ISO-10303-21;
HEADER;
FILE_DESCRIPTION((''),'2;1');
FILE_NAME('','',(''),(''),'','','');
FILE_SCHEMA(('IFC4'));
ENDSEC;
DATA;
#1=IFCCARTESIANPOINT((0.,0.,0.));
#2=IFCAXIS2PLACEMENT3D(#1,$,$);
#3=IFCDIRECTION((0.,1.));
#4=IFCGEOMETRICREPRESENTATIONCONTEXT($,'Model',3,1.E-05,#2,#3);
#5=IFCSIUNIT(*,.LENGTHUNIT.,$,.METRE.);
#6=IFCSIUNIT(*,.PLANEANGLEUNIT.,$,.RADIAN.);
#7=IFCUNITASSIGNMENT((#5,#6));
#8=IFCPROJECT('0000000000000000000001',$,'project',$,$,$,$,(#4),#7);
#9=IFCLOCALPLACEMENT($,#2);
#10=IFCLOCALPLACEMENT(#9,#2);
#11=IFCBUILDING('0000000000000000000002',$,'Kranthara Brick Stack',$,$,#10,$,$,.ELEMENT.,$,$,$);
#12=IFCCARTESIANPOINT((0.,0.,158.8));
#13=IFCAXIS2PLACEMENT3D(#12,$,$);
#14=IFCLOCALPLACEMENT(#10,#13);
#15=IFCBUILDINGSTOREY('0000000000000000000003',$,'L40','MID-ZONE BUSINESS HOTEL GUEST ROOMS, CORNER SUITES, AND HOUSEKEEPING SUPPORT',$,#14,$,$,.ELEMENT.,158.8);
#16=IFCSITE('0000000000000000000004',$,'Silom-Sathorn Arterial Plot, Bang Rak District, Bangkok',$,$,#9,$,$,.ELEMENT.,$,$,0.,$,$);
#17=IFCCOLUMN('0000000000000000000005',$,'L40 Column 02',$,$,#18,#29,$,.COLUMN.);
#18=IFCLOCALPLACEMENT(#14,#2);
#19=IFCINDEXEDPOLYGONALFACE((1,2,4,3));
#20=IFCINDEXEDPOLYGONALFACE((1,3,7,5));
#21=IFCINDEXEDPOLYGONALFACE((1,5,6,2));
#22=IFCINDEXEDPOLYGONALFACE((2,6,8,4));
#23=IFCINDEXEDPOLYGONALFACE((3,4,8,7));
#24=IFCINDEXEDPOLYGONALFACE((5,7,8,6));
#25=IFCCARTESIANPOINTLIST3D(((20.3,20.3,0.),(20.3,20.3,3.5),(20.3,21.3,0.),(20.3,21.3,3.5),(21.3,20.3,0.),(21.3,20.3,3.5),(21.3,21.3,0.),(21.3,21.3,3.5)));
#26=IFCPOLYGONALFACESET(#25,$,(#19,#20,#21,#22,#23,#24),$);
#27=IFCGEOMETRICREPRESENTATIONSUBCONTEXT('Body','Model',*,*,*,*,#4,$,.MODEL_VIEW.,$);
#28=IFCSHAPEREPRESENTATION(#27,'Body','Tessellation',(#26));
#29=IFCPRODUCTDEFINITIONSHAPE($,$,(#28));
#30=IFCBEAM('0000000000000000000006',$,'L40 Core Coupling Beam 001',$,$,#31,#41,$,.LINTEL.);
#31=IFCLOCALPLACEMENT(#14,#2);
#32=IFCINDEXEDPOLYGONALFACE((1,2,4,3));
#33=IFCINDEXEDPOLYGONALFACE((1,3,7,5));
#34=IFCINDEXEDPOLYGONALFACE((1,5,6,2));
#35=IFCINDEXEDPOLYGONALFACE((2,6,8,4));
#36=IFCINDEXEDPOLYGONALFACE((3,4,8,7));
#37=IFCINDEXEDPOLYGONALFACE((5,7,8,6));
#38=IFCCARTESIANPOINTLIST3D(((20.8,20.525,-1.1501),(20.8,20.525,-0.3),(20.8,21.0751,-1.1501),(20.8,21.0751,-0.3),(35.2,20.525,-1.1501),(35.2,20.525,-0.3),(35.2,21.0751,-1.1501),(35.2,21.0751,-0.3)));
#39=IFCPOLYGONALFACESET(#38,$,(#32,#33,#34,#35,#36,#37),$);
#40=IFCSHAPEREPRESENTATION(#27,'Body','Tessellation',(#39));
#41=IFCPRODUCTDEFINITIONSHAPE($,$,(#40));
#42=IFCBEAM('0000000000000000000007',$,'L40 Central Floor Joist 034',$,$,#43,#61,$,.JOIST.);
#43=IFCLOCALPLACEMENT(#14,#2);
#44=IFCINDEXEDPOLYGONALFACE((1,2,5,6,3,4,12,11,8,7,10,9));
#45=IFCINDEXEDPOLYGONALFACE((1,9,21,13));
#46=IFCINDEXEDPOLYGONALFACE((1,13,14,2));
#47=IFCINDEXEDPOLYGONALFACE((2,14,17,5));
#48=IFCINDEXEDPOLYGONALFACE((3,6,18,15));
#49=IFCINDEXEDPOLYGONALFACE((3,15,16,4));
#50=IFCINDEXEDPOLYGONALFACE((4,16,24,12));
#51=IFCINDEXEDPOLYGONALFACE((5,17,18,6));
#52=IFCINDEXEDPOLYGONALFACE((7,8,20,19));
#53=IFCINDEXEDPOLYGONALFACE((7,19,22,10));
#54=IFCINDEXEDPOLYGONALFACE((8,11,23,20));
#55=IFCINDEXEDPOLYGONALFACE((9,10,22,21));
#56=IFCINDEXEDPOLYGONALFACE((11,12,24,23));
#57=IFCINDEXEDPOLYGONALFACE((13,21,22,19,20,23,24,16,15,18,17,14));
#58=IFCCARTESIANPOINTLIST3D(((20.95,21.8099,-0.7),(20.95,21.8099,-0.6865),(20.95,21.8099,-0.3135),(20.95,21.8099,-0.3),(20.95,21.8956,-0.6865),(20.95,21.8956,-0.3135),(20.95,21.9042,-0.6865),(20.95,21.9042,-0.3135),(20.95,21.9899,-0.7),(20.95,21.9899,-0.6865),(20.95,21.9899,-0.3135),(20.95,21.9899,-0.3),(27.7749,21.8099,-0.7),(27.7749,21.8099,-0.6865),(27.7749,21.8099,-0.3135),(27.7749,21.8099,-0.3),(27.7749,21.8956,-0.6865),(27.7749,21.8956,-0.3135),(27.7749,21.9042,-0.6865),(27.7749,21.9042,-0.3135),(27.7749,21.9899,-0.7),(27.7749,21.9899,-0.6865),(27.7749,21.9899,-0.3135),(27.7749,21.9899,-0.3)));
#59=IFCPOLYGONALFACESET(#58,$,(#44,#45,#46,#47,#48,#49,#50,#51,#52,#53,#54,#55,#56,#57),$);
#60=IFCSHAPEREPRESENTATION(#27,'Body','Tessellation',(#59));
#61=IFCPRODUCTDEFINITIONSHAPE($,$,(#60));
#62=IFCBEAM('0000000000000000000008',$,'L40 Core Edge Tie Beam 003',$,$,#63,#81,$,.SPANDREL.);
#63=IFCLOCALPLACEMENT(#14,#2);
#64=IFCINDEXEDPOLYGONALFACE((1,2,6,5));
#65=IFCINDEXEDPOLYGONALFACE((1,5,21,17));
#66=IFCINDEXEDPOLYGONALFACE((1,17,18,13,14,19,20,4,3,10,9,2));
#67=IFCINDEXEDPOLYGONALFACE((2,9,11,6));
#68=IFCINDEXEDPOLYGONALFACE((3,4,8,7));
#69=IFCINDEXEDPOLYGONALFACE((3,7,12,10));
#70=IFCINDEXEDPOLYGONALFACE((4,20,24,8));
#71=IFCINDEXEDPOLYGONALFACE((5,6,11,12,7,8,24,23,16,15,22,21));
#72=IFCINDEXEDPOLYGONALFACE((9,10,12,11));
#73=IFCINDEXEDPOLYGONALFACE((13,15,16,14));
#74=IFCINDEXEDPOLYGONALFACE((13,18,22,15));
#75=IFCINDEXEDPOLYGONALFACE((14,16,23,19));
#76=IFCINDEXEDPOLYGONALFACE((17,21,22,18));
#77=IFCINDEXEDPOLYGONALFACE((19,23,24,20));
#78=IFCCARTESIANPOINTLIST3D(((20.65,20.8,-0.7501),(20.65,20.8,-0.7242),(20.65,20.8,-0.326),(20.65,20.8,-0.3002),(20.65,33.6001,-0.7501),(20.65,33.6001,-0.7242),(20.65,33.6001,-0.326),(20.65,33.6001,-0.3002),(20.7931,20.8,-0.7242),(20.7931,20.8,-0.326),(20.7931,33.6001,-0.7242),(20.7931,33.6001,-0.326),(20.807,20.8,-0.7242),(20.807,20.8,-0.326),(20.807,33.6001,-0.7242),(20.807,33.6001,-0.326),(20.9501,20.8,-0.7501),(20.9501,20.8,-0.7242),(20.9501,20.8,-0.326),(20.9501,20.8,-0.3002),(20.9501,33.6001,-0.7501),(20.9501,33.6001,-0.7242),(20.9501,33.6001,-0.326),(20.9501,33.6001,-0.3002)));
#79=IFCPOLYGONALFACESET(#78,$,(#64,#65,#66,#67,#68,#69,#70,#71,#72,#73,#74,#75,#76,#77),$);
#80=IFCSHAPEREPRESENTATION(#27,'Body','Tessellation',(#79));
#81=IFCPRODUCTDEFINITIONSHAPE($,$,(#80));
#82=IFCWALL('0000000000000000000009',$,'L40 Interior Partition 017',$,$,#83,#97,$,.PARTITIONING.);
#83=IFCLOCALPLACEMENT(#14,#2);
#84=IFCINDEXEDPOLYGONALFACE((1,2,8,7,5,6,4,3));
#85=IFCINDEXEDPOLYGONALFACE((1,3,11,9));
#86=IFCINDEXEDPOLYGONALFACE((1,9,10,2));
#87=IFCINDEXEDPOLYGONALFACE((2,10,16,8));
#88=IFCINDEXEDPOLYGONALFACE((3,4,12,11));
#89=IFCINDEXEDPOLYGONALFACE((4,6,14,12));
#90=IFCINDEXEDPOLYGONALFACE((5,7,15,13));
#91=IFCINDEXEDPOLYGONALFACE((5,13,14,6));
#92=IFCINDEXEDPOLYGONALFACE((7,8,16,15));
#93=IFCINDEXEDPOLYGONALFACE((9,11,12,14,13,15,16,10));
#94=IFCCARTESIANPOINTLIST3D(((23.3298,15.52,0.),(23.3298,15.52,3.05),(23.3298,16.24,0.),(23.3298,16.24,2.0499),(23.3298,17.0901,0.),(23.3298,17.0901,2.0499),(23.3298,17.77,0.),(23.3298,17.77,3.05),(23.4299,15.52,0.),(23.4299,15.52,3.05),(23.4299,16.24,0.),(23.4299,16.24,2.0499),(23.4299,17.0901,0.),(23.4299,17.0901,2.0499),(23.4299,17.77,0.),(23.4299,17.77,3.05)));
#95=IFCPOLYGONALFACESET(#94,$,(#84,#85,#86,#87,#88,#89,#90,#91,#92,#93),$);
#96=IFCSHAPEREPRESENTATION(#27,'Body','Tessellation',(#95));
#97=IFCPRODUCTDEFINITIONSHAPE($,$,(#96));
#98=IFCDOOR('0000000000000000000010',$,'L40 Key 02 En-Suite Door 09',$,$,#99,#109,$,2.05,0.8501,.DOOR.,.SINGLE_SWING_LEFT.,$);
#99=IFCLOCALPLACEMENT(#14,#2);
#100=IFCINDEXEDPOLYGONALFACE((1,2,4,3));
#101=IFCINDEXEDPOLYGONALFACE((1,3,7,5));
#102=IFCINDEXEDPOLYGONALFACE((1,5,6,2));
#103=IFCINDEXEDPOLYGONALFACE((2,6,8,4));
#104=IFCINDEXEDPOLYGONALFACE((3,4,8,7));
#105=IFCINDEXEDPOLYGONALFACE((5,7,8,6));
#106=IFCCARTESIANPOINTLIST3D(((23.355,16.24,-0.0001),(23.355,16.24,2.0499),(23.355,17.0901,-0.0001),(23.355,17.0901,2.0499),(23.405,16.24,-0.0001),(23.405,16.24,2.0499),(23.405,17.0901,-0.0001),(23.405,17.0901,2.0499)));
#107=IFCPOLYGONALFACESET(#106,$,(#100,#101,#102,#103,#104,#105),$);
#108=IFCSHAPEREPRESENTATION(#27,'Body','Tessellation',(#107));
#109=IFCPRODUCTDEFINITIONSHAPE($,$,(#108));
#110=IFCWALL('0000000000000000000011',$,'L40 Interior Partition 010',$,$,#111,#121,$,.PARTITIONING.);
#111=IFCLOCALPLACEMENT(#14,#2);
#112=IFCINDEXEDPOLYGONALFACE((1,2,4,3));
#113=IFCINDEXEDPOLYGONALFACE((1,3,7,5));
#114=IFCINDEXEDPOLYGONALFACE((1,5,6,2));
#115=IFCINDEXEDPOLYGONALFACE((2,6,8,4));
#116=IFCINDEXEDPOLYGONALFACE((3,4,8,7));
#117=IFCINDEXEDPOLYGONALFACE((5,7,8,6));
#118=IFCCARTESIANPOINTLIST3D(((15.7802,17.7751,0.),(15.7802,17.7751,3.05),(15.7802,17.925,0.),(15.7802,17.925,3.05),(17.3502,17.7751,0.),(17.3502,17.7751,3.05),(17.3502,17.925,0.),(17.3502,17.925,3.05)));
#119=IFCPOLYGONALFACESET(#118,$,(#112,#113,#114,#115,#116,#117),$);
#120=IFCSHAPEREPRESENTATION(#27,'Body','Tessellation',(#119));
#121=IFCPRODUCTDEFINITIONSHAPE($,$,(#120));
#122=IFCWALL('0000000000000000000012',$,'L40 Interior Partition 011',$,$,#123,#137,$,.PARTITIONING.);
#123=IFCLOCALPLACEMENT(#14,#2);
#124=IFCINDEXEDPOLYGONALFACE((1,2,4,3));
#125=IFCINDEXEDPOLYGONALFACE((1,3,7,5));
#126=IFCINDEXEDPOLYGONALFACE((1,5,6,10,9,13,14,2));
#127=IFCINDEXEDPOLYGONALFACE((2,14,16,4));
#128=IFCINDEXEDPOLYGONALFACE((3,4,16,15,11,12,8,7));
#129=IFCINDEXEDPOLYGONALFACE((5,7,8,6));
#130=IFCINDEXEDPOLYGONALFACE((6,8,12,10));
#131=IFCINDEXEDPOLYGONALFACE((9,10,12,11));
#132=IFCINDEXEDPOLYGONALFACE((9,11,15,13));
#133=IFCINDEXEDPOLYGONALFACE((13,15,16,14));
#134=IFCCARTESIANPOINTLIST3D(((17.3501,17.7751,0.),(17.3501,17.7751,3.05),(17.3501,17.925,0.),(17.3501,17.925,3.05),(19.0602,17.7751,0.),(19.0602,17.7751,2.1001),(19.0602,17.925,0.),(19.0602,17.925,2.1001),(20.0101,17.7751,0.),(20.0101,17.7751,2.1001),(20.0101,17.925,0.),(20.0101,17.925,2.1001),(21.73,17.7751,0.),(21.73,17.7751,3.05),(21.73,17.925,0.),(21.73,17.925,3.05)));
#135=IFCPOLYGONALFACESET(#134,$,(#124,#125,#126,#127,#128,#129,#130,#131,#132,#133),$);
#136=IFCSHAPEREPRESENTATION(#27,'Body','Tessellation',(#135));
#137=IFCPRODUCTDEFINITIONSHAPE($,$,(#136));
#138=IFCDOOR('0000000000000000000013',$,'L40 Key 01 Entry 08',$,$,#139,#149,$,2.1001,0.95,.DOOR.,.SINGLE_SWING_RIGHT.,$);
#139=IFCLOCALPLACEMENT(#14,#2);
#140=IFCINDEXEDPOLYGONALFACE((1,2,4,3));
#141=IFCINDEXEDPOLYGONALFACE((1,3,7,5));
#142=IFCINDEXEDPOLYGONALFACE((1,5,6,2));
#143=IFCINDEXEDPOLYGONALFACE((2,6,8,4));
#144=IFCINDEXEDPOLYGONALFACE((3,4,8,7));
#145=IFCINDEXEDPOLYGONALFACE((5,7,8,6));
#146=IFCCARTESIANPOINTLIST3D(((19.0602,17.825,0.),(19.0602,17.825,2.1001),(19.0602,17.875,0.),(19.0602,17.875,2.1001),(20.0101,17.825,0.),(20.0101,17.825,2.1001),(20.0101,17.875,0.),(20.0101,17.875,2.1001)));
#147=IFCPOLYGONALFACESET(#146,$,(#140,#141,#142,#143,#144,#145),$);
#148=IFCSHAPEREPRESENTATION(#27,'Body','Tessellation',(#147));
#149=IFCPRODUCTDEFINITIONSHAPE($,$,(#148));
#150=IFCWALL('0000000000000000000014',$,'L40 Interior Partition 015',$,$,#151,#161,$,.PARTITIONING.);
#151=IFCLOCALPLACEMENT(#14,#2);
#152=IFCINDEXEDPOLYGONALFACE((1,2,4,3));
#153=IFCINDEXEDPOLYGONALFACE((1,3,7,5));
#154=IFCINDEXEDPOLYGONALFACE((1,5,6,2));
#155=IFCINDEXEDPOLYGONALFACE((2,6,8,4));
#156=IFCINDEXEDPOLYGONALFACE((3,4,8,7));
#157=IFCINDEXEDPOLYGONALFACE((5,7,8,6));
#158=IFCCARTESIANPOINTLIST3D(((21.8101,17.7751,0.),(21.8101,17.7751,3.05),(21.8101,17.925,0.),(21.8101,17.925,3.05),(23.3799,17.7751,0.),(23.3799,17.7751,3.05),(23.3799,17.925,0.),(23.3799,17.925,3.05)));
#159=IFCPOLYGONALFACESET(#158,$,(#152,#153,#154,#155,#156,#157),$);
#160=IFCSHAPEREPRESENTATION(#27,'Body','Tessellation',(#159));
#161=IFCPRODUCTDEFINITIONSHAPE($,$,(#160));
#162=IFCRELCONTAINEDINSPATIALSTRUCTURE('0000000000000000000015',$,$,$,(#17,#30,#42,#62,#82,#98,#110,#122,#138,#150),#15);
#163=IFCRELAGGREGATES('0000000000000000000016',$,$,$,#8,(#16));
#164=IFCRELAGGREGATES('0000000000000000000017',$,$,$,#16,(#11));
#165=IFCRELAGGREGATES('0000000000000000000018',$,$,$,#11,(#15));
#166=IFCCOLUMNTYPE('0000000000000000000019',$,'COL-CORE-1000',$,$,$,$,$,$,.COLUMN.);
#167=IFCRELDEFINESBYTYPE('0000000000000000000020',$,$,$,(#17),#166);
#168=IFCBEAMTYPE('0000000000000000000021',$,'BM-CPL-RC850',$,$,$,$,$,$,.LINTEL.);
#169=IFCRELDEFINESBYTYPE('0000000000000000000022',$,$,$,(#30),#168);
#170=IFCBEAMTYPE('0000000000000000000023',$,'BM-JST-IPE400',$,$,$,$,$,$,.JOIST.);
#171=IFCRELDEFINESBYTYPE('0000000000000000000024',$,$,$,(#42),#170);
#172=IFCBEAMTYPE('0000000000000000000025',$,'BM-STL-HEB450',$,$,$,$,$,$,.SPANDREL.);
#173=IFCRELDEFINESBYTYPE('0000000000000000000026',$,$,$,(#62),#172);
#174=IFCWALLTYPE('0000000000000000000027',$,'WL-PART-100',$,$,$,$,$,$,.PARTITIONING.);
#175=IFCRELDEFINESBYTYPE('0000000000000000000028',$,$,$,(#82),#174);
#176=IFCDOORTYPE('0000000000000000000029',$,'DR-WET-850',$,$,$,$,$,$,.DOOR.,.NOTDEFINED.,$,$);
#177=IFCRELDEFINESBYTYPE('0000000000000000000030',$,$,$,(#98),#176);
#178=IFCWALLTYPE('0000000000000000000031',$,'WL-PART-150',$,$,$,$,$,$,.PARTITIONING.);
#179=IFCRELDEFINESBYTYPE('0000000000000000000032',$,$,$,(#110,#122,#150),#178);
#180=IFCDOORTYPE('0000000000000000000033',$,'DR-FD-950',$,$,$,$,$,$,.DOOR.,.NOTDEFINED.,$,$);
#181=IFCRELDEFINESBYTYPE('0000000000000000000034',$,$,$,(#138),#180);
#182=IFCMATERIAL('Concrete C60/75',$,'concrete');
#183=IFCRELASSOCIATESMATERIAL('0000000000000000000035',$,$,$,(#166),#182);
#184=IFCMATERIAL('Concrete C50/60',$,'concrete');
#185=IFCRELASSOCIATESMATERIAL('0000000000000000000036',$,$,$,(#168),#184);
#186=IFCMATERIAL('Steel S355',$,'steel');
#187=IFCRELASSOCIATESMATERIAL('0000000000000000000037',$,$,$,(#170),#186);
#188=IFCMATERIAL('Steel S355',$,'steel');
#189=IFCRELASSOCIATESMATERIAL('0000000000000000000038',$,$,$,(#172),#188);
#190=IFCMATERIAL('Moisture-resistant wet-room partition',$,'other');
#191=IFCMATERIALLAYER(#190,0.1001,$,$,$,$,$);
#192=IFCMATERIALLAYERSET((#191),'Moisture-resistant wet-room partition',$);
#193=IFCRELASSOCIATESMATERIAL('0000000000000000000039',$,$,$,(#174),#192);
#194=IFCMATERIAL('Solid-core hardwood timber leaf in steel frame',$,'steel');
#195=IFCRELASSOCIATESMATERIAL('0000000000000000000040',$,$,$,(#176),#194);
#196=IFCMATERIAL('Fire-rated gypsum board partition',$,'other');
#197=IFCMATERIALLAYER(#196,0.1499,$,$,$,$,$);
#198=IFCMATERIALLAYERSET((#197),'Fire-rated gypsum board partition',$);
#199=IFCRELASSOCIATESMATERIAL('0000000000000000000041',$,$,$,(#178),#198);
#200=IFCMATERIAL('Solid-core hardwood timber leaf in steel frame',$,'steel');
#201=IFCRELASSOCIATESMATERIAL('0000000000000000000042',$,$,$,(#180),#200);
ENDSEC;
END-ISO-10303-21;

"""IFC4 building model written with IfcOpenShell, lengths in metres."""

from ifc_helpers import new_model, si_unit, direction, frame, frame_2d, origin, origin_2d, place, context, subcontext, project, spatial, rectangle, i_section, extrude, material, layer, layer_set, material_profile, profile_set, type_object, element, fill, save


model = new_model("IFC4")

# Units and contexts
model_context = context("Model", 3, precision=1e-05, world=origin(), true_north=direction((0.0, 1.0)))
body_context = subcontext(model_context, "Body", "Model", "MODEL_VIEW")
ifc_project = project(units=[si_unit("LENGTHUNIT", "METRE"), si_unit("PLANEANGLEUNIT", "RADIAN")], contexts=[model_context])

# Site, building, storey
site_placement = place(None, origin())
site = spatial("IfcSite", under=ifc_project, at=site_placement, Name="Silom-Sathorn Arterial Plot, Bang Rak District, Bangkok", CompositionType="ELEMENT", RefElevation=0.0)
building_placement = place(site_placement, origin())
building = spatial("IfcBuilding", under=site, at=building_placement, Name="Kranthara Brick Stack", CompositionType="ELEMENT")
storey_placement = place(building_placement, frame((0.0, 0.0, 158.8)))
storey = spatial("IfcBuildingStorey", under=building, at=storey_placement, Name="L40", Description="MID-ZONE BUSINESS HOTEL GUEST ROOMS, CORNER SUITES, AND HOUSEKEEPING SUPPORT", CompositionType="ELEMENT", Elevation=158.8)

# Column
ifc_material_1 = material(Name="Concrete C60/75", Category="concrete")
ifc_material_profile_1 = material_profile(ifc_material_1, rectangle(XDim=1.0, YDim=1.0, at=origin_2d()), Name="RC 1000x1000")
ifc_profile_set_1 = profile_set([ifc_material_profile_1], Name="Concrete C60/75")
column_type = type_object("IfcColumnType", Name="COL-CORE-1000", PredefinedType="COLUMN", material=ifc_profile_set_1)
column_placement = place(storey_placement, frame((20.8, 20.8, 0.0), z_axis=(0.0, 0.0, 1.0), x_axis=(1.0, 0.0, 0.0)))
element("IfcColumn", 1, at=column_placement, inside=storey, type_object=column_type, Name="L40 Column 02", PredefinedType="COLUMN", context=body_context, shape_type="SweptSolid", body=[
    extrude(rectangle(XDim=1.0, YDim=1.0, at=origin_2d()), origin(), (0.0, 0.0, 1.0), 3.5),
])

# Beams
ifc_material_2 = material(Name="Concrete C50/60", Category="concrete")
ifc_material_profile_2 = material_profile(ifc_material_2, rectangle(XDim=0.55, YDim=0.8501, at=origin_2d()), Name="RC 550x850")
ifc_profile_set_2 = profile_set([ifc_material_profile_2], Name="Concrete C50/60")
beam_type_1 = type_object("IfcBeamType", Name="BM-CPL-RC850", PredefinedType="LINTEL", material=ifc_profile_set_2)
beam_1_placement = place(storey_placement, frame((20.8, 20.8, -0.7251), z_axis=(1.0, 0.0, 0.0), x_axis=(0.0, 1.0, 0.0)))
element("IfcBeam", 2, at=beam_1_placement, inside=storey, type_object=beam_type_1, Name="L40 Core Coupling Beam 001", PredefinedType="LINTEL", context=body_context, shape_type="SweptSolid", body=[
    extrude(rectangle(XDim=0.55, YDim=0.8501, at=origin_2d()), origin(), (0.0, 0.0, 1.0), 14.3999),
])
ifc_material_3 = material(Name="Steel S355", Category="steel")
ifc_material_profile_3 = material_profile(ifc_material_3, i_section(OverallWidth=0.1799, OverallDepth=0.3999, WebThickness=0.0085, FlangeThickness=0.0134, at=origin_2d()), Name="IPE 400")
ifc_profile_set_3 = profile_set([ifc_material_profile_3], Name="Steel S355")
beam_type_2 = type_object("IfcBeamType", Name="BM-JST-IPE400", PredefinedType="JOIST", material=ifc_profile_set_3)
beam_2_placement = place(storey_placement, frame((20.95, 21.8999, -0.5), z_axis=(1.0, 0.0, 0.0), x_axis=(0.0, 1.0, 0.0)))
element("IfcBeam", 3, at=beam_2_placement, inside=storey, type_object=beam_type_2, Name="L40 Central Floor Joist 034", PredefinedType="JOIST", context=body_context, shape_type="SweptSolid", body=[
    extrude(i_section(OverallWidth=0.1799, OverallDepth=0.3999, WebThickness=0.0085, FlangeThickness=0.0134, at=origin_2d()), origin(), (0.0, 0.0, 1.0), 6.825),
])
ifc_material_4 = material(Name="Steel S355", Category="steel")
ifc_material_profile_4 = material_profile(ifc_material_4, i_section(OverallWidth=0.3, OverallDepth=0.45, WebThickness=0.0139, FlangeThickness=0.0259, at=origin_2d()), Name="HEB 450")
ifc_profile_set_4 = profile_set([ifc_material_profile_4], Name="Steel S355")
beam_type_3 = type_object("IfcBeamType", Name="BM-STL-HEB450", PredefinedType="SPANDREL", material=ifc_profile_set_4)
beam_3_placement = place(storey_placement, frame((20.8, 20.8, -0.5251), z_axis=(0.0, 1.0, 0.0), x_axis=(-1.0, 0.0, 0.0)))
element("IfcBeam", 4, at=beam_3_placement, inside=storey, type_object=beam_type_3, Name="L40 Core Edge Tie Beam 003", PredefinedType="SPANDREL", context=body_context, shape_type="SweptSolid", body=[
    extrude(i_section(OverallWidth=0.3, OverallDepth=0.45, WebThickness=0.0139, FlangeThickness=0.0259, at=origin_2d()), origin(), (0.0, 0.0, 1.0), 12.8),
])

# Wall, opening, door
ifc_material_5 = material(Name="Moisture-resistant wet-room partition", Category="other")
ifc_layer_1 = layer(ifc_material_5, 0.1001)
ifc_layer_set_1 = layer_set([ifc_layer_1], Name="Moisture-resistant wet-room partition")
wall_type_1 = type_object("IfcWallType", Name="WL-PART-100", PredefinedType="PARTITIONING", material=ifc_layer_set_1)
wall_1_placement = place(storey_placement, frame((23.3799, 15.52, 0.0), z_axis=(0.0, 0.0, 1.0), x_axis=(0.0, 1.0, 0.0)))
wall_1 = element("IfcWall", 5, at=wall_1_placement, inside=storey, type_object=wall_type_1, Name="L40 Interior Partition 017", PredefinedType="PARTITIONING", context=body_context, shape_type="SweptSolid", body=[
    extrude(rectangle(XDim=2.25, YDim=0.1001, at=frame_2d((1.125, 0.0))), origin(), (0.0, 0.0, 1.0), 3.05),
])
opening_1_placement = place(wall_1_placement, frame((0.72, 0.0, 0.0)))
opening_1 = element("IfcOpeningElement", 6, at=opening_1_placement, cuts=wall_1, PredefinedType="OPENING", context=body_context, shape_type="SweptSolid", body=[
    extrude(rectangle(XDim=0.8501, YDim=2.05, at=frame_2d((0.425, 1.0249))), frame((0.0, 0.0601, 0.0), z_axis=(0.0, -1.0, 0.0), x_axis=(1.0, 0.0, 0.0)), (0.0, 0.0, 1.0), 0.1201),
])
ifc_material_6 = material(Name="Solid-core hardwood timber leaf in steel frame", Category="steel")
door_type_1 = type_object("IfcDoorType", Name="DR-WET-850", OperationType="NOTDEFINED", PredefinedType="DOOR", material=ifc_material_6)
door_1_placement = place(opening_1_placement, origin())
door_1 = element("IfcDoor", 7, at=door_1_placement, inside=storey, type_object=door_type_1, Name="L40 Key 02 En-Suite Door 09", OperationType="SINGLE_SWING_LEFT", OverallHeight=2.05, OverallWidth=0.8501, PredefinedType="DOOR", context=body_context, shape_type="SweptSolid", body=[
    extrude(rectangle(XDim=0.8501, YDim=2.05, at=frame_2d((0.425, 1.0249))), frame((0.0, 0.0249, 0.0), z_axis=(0.0, -1.0, 0.0), x_axis=(1.0, 0.0, 0.0)), (0.0, 0.0, 1.0), 0.05),
])
fill(opening_1, door_1)

# Wall
ifc_material_7 = material(Name="Fire-rated gypsum board partition", Category="other")
ifc_layer_2 = layer(ifc_material_7, 0.1499)
ifc_layer_set_2 = layer_set([ifc_layer_2], Name="Fire-rated gypsum board partition")
wall_type_2 = type_object("IfcWallType", Name="WL-PART-150", PredefinedType="PARTITIONING", material=ifc_layer_set_2)
wall_2_placement = place(storey_placement, frame((15.78, 17.8501, 0.0), z_axis=(0.0, 0.0, 1.0), x_axis=(1.0, 0.0, 0.0)))
element("IfcWall", 8, at=wall_2_placement, inside=storey, type_object=wall_type_2, Name="L40 Interior Partition 010", PredefinedType="PARTITIONING", context=body_context, shape_type="SweptSolid", body=[
    extrude(rectangle(XDim=1.5701, YDim=0.1499, at=frame_2d((0.7852, 0.0))), origin(), (0.0, 0.0, 1.0), 3.05),
])

# Wall, opening, door
wall_3_placement = place(storey_placement, frame((17.3501, 17.8501, 0.0), z_axis=(0.0, 0.0, 1.0), x_axis=(1.0, 0.0, 0.0)))
wall_3 = element("IfcWall", 9, at=wall_3_placement, inside=storey, type_object=wall_type_2, Name="L40 Interior Partition 011", PredefinedType="PARTITIONING", context=body_context, shape_type="SweptSolid", body=[
    extrude(rectangle(XDim=4.3799, YDim=0.1499, at=frame_2d((2.1899, 0.0))), origin(), (0.0, 0.0, 1.0), 3.05),
])
opening_2_placement = place(wall_3_placement, frame((1.71, 0.0, 0.0)))
opening_2 = element("IfcOpeningElement", 10, at=opening_2_placement, cuts=wall_3, PredefinedType="OPENING", context=body_context, shape_type="SweptSolid", body=[
    extrude(rectangle(XDim=0.95, YDim=2.1001, at=frame_2d((0.4751, 1.05))), frame((0.0, 0.085, 0.0), z_axis=(0.0, -1.0, 0.0), x_axis=(1.0, 0.0, 0.0)), (0.0, 0.0, 1.0), 0.1699),
])
ifc_material_8 = material(Name="Solid-core hardwood timber leaf in steel frame", Category="steel")
door_type_2 = type_object("IfcDoorType", Name="DR-FD-950", OperationType="NOTDEFINED", PredefinedType="DOOR", material=ifc_material_8)
door_2_placement = place(opening_2_placement, origin())
door_2 = element("IfcDoor", 11, at=door_2_placement, inside=storey, type_object=door_type_2, Name="L40 Key 01 Entry 08", OperationType="SINGLE_SWING_RIGHT", OverallHeight=2.1001, OverallWidth=0.95, PredefinedType="DOOR", context=body_context, shape_type="SweptSolid", body=[
    extrude(rectangle(XDim=0.95, YDim=2.1001, at=frame_2d((0.4751, 1.05))), frame((0.0, 0.0249, 0.0), z_axis=(0.0, -1.0, 0.0), x_axis=(1.0, 0.0, 0.0)), (0.0, 0.0, 1.0), 0.05),
])
fill(opening_2, door_2)

# Wall
wall_4_placement = place(storey_placement, frame((21.8101, 17.8501, 0.0), z_axis=(0.0, 0.0, 1.0), x_axis=(1.0, 0.0, 0.0)))
element("IfcWall", 12, at=wall_4_placement, inside=storey, type_object=wall_type_2, Name="L40 Interior Partition 015", PredefinedType="PARTITIONING", context=body_context, shape_type="SweptSolid", body=[
    extrude(rectangle(XDim=1.5698, YDim=0.1499, at=frame_2d((0.7849, 0.0))), origin(), (0.0, 0.0, 1.0), 3.05),
])

save(model, "model.ifc")
